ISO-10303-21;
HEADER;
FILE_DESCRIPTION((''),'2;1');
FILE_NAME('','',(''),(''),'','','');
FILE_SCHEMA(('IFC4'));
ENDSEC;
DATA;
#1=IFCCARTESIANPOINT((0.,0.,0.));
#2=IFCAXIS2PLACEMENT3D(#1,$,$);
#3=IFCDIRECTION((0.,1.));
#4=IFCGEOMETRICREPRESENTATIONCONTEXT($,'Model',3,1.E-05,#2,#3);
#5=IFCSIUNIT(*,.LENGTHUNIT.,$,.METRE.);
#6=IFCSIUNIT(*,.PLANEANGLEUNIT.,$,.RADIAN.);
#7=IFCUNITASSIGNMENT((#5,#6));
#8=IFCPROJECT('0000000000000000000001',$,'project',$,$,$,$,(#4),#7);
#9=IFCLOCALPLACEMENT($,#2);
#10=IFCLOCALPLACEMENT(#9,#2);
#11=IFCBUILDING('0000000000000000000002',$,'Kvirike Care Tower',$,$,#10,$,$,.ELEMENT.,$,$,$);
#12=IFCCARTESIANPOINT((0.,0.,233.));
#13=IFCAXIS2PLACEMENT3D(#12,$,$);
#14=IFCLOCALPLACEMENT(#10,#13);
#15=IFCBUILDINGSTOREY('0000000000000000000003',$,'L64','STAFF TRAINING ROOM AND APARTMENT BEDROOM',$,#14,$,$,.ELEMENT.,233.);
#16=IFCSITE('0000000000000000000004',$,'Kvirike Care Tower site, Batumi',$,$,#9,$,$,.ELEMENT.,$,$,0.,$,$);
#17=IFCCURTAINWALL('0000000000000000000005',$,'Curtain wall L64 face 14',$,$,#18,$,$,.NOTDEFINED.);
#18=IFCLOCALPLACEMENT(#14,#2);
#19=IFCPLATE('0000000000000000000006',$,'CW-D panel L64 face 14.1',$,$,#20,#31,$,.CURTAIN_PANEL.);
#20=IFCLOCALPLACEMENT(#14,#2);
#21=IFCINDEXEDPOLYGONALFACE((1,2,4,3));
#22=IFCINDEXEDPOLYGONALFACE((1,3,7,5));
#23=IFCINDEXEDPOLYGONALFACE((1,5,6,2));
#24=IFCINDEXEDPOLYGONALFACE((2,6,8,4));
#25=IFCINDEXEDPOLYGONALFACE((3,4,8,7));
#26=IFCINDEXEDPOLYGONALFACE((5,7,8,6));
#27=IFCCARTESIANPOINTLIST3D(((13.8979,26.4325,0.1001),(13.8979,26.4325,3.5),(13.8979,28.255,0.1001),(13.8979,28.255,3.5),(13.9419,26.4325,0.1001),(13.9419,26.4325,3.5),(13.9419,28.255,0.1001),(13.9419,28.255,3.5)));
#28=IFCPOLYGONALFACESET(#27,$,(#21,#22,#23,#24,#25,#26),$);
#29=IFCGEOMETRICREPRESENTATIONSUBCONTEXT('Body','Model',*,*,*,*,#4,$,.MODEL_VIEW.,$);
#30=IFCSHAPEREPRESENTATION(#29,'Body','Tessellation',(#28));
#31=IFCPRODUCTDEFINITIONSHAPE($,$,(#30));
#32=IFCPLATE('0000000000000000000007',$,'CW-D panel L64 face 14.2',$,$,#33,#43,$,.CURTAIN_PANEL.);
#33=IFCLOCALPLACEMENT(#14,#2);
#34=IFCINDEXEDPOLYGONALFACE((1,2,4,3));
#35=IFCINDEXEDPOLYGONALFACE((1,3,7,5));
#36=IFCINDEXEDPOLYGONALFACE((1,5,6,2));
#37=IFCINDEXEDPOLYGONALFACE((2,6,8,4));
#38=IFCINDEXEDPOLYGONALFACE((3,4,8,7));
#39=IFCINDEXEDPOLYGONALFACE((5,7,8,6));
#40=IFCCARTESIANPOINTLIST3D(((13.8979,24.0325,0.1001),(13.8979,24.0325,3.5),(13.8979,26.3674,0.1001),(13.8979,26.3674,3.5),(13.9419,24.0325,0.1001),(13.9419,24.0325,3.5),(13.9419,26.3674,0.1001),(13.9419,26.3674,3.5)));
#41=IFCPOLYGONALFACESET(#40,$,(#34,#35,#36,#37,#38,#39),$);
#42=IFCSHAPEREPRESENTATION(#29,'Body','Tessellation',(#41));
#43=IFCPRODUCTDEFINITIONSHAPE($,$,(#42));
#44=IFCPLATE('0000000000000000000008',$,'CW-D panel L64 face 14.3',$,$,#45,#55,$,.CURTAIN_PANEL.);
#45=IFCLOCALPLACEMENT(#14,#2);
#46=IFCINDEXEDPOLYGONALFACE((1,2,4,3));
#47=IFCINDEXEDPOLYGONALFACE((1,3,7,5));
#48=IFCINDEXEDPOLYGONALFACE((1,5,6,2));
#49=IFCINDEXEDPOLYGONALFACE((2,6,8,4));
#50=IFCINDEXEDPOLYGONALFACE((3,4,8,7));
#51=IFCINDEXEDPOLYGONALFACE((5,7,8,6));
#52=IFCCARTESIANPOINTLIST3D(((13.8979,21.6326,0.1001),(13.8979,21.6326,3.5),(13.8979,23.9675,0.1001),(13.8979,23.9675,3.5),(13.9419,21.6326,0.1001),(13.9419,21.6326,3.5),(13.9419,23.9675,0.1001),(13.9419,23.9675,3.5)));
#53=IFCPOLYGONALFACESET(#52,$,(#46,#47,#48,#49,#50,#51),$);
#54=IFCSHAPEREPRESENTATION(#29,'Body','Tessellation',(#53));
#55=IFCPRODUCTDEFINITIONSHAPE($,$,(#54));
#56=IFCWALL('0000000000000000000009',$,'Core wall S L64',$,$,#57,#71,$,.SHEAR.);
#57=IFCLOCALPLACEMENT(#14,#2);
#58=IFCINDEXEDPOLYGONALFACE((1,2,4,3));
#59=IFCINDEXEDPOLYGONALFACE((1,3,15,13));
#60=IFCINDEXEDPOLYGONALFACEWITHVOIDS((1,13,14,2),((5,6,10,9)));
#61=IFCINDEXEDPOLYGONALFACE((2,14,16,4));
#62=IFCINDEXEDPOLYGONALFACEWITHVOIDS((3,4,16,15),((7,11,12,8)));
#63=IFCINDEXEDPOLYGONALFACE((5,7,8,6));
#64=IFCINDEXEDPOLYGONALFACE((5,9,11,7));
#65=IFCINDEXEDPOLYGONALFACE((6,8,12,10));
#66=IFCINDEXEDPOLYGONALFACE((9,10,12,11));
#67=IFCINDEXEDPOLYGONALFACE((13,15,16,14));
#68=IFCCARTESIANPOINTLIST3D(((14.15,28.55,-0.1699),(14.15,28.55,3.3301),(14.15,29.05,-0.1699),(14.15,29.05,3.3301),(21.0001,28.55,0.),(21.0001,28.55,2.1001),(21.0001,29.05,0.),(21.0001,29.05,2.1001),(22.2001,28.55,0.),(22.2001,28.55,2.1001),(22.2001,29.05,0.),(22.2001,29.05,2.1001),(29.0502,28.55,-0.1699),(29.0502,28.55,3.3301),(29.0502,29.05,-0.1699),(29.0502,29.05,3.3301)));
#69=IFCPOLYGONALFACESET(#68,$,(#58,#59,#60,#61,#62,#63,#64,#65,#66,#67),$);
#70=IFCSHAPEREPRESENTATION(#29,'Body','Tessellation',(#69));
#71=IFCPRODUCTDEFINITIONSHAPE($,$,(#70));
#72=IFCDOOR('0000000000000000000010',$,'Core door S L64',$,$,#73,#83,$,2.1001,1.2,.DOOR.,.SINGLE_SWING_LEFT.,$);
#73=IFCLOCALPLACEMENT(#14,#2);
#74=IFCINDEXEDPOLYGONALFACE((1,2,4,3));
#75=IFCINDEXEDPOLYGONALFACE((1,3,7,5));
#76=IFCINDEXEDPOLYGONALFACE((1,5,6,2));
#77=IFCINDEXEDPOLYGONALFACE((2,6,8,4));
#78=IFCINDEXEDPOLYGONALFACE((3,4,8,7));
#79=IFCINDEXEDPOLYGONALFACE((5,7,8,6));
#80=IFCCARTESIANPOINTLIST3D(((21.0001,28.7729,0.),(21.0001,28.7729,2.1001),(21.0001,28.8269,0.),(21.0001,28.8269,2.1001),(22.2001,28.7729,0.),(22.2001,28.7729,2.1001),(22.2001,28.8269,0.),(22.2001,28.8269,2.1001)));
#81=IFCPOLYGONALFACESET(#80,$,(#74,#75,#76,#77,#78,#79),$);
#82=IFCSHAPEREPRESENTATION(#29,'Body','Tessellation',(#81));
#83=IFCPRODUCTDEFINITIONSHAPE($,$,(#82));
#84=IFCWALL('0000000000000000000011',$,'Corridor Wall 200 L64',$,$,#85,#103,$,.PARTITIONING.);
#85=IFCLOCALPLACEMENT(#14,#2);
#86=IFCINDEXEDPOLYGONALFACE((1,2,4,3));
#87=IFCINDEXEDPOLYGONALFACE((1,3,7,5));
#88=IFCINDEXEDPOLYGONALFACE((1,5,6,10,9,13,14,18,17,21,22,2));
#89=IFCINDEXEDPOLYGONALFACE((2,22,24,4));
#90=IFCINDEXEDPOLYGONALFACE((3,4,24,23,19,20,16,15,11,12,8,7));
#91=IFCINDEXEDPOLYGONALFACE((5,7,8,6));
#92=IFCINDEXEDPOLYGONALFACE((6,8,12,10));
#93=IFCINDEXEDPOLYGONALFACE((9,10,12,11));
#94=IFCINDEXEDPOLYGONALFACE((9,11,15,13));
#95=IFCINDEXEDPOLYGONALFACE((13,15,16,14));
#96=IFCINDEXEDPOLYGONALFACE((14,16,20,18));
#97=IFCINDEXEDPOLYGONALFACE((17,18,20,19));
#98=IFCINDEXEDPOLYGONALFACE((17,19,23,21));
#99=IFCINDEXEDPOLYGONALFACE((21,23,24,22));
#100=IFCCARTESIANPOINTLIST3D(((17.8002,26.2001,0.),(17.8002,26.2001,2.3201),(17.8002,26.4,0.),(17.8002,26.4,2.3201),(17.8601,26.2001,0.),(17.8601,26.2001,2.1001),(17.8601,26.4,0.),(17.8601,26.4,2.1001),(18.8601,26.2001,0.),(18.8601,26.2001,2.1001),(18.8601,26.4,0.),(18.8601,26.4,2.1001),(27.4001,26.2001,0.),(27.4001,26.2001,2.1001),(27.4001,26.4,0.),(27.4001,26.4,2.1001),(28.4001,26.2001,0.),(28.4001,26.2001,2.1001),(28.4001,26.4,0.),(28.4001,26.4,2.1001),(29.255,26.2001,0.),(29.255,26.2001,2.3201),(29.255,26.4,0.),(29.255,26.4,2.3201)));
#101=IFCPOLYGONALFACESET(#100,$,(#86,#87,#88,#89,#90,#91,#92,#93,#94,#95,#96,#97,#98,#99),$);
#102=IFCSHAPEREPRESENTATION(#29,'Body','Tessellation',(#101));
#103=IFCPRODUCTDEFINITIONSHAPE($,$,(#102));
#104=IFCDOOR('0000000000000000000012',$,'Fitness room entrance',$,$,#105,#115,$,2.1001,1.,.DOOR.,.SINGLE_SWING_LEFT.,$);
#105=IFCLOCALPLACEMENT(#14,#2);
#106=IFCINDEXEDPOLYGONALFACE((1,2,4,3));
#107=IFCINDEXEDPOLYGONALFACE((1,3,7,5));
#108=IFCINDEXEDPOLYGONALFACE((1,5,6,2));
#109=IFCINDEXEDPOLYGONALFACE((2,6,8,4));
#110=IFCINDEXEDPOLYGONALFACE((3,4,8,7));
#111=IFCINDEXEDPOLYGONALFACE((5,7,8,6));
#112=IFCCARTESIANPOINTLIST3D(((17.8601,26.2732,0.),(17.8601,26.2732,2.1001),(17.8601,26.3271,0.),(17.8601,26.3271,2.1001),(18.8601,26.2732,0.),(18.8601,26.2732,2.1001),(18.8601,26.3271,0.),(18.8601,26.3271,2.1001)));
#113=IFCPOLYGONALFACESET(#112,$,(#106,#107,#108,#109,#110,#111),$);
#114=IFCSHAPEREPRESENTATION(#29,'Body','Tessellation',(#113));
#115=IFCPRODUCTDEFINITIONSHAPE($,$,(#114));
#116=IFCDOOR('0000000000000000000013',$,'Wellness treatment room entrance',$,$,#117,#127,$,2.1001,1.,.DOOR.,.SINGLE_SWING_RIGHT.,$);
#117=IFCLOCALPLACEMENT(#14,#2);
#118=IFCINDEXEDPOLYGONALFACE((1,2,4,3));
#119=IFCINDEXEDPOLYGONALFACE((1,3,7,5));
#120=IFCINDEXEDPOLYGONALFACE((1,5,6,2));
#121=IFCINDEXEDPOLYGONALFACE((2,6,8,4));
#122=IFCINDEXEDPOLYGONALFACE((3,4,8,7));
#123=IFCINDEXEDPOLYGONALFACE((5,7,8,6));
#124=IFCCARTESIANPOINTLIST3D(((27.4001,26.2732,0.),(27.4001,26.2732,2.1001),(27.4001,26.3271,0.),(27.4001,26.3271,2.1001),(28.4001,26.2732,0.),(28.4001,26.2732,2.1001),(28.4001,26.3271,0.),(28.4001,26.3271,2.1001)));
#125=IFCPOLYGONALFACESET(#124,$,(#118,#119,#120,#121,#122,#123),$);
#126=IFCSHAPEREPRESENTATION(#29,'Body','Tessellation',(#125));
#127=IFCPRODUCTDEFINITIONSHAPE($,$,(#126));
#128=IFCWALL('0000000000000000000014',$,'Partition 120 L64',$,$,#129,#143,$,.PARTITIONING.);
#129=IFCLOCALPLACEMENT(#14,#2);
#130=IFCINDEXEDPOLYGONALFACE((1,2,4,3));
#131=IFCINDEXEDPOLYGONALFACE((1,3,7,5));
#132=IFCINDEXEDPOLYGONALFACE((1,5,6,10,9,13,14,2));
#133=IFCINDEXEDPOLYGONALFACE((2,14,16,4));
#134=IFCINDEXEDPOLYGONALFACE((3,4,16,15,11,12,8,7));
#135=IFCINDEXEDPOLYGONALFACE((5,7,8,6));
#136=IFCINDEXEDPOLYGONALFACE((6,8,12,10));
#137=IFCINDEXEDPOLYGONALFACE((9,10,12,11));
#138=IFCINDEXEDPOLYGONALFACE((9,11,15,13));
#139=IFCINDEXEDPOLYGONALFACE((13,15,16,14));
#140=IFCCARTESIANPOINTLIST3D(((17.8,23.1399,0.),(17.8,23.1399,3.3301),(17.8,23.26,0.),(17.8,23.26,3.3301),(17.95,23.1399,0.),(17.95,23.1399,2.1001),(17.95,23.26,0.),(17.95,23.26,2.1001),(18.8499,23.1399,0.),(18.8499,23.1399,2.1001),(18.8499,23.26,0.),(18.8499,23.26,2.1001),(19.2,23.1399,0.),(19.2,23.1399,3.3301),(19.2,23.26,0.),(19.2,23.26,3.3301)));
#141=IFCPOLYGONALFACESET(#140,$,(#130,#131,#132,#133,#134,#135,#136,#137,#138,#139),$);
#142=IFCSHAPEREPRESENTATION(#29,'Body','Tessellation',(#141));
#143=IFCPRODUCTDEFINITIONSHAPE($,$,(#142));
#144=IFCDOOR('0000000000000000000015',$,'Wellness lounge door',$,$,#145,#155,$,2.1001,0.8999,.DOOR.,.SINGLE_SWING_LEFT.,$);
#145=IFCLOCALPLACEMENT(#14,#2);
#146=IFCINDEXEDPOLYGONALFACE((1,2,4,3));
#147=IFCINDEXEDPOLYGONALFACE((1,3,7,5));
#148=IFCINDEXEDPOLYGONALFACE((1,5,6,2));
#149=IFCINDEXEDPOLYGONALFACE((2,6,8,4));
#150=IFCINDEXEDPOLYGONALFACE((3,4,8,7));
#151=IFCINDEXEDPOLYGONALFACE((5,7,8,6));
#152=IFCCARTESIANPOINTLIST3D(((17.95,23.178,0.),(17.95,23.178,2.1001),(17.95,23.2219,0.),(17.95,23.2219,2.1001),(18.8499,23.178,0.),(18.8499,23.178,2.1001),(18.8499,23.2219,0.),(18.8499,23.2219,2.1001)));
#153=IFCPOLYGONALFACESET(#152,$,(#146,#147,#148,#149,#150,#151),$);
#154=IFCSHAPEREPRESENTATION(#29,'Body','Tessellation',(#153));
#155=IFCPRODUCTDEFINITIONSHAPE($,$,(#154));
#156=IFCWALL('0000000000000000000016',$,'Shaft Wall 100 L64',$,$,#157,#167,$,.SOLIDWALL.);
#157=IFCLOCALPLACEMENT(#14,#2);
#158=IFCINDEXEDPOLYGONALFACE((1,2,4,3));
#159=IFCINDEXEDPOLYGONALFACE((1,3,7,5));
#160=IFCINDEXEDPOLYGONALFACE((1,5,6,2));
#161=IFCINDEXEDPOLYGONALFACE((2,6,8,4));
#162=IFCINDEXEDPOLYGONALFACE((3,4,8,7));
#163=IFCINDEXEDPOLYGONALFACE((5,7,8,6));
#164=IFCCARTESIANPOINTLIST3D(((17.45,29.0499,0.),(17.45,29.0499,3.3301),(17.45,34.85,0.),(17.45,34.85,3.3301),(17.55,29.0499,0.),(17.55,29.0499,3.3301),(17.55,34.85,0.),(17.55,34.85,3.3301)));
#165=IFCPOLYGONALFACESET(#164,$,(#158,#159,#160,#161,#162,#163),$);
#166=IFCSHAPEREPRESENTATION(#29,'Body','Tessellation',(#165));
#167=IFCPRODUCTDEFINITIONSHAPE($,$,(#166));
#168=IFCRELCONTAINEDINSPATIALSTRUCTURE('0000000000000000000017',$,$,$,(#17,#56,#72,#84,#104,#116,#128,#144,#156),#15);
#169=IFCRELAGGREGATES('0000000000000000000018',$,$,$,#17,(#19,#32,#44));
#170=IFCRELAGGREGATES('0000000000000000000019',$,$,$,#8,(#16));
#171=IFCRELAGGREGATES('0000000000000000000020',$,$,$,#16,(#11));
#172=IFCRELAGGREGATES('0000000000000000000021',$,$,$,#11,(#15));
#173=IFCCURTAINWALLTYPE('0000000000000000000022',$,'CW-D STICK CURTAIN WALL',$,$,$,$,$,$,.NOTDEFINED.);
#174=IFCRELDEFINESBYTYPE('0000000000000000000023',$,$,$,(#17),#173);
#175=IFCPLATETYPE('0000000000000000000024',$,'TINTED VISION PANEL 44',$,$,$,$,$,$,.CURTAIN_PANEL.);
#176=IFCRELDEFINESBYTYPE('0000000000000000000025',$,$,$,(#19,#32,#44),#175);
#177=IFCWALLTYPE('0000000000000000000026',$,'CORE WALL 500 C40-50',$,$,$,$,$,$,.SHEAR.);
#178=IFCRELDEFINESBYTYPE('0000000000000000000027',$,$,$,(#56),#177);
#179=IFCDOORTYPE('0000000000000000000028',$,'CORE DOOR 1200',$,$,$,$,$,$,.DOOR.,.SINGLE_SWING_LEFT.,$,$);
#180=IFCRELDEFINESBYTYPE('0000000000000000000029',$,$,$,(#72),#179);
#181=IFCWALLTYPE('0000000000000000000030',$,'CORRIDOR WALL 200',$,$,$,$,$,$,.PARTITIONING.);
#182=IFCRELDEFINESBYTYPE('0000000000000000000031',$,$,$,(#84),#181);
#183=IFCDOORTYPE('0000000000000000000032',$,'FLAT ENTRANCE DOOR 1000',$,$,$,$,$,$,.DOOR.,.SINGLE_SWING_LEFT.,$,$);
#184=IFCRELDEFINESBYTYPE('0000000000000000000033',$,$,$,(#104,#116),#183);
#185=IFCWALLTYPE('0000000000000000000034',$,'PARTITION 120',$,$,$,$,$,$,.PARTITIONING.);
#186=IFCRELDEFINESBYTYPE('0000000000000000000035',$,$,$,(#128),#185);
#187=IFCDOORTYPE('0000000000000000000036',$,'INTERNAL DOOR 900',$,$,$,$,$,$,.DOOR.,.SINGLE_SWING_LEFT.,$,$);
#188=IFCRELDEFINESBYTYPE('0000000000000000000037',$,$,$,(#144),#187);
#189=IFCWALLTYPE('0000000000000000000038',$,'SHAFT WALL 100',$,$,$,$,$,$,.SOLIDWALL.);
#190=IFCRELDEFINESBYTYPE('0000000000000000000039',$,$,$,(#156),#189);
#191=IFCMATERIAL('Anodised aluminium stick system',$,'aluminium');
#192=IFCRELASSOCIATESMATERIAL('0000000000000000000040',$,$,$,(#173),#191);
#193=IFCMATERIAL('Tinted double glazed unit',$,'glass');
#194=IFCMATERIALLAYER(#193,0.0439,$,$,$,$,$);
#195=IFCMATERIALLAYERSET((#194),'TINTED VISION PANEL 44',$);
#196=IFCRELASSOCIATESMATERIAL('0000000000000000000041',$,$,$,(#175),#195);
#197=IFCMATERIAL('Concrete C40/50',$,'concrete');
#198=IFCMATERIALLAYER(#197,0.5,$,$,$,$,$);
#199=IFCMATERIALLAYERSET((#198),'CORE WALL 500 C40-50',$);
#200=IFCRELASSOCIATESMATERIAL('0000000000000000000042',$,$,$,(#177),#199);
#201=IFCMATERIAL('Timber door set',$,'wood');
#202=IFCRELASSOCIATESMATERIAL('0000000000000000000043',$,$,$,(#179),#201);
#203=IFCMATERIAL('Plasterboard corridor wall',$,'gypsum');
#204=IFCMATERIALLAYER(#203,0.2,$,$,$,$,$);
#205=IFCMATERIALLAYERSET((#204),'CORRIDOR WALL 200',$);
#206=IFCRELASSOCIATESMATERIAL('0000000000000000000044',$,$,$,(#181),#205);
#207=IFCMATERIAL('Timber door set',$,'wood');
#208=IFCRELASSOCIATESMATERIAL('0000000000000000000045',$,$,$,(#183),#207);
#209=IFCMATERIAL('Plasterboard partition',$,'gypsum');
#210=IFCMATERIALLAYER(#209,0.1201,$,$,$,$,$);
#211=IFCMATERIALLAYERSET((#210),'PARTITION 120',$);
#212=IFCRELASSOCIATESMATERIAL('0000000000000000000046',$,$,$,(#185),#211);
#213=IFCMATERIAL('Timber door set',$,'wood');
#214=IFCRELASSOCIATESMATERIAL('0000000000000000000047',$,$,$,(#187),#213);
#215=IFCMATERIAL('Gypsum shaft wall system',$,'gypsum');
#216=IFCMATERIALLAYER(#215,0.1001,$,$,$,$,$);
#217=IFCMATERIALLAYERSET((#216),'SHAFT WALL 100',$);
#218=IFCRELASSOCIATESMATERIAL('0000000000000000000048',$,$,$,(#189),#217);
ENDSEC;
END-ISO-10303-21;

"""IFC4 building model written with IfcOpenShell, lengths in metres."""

from ifc_helpers import new_model, si_unit, direction, frame, frame_2d, origin, origin_2d, place, context, subcontext, project, spatial, rectangle, extrude, material, layer, layer_set, type_object, element, fill, aggregate, save


model = new_model("IFC4")

# Units and contexts
model_context = context("Model", 3, precision=1e-05, world=origin(), true_north=direction((0.0, 1.0)))
body_context = subcontext(model_context, "Body", "Model", "MODEL_VIEW")
ifc_project = project(units=[si_unit("LENGTHUNIT", "METRE"), si_unit("PLANEANGLEUNIT", "RADIAN")], contexts=[model_context])

# Site, building, storey
site_placement = place(None, origin())
site = spatial("IfcSite", under=ifc_project, at=site_placement, Name="Kvirike Care Tower site, Batumi", CompositionType="ELEMENT", RefElevation=0.0)
building_placement = place(site_placement, origin())
building = spatial("IfcBuilding", under=site, at=building_placement, Name="Kvirike Care Tower", CompositionType="ELEMENT")
storey_placement = place(building_placement, frame((0.0, 0.0, 233.0)))
storey = spatial("IfcBuildingStorey", under=building, at=storey_placement, Name="L64", Description="STAFF TRAINING ROOM AND APARTMENT BEDROOM", CompositionType="ELEMENT", Elevation=233.0)

# Curtain wall
ifc_material_1 = material(Name="Anodised aluminium stick system", Category="aluminium")
curtain_wall_type = type_object("IfcCurtainWallType", Name="CW-D STICK CURTAIN WALL", PredefinedType="NOTDEFINED", material=ifc_material_1)
curtain_wall_placement = place(storey_placement, origin())
curtain_wall = element("IfcCurtainWall", 1, at=curtain_wall_placement, inside=storey, type_object=curtain_wall_type, Name="Curtain wall L64 face 14", PredefinedType="NOTDEFINED")

# Plates
ifc_material_2 = material(Name="Tinted double glazed unit", Category="glass")
ifc_layer_1 = layer(ifc_material_2, 0.0439)
ifc_layer_set_1 = layer_set([ifc_layer_1], Name="TINTED VISION PANEL 44")
plate_type = type_object("IfcPlateType", Name="TINTED VISION PANEL 44", PredefinedType="CURTAIN_PANEL", material=ifc_layer_set_1)
plate_1_placement = place(storey_placement, frame((13.9199, 27.3438, 0.1001), z_axis=(0.0, 0.0, 1.0), x_axis=(0.0, -1.0, 0.0)))
plate_1 = element("IfcPlate", 2, at=plate_1_placement, type_object=plate_type, Name="CW-D panel L64 face 14.1", PredefinedType="CURTAIN_PANEL", context=body_context, shape_type="SweptSolid", body=[
    extrude(rectangle(XDim=1.8225, YDim=0.0439, at=origin_2d()), origin(), (0.0, 0.0, 1.0), 3.3999),
])
plate_2_placement = place(storey_placement, frame((13.9199, 25.2, 0.1001), z_axis=(0.0, 0.0, 1.0), x_axis=(0.0, -1.0, 0.0)))
plate_2 = element("IfcPlate", 3, at=plate_2_placement, type_object=plate_type, Name="CW-D panel L64 face 14.2", PredefinedType="CURTAIN_PANEL", context=body_context, shape_type="SweptSolid", body=[
    extrude(rectangle(XDim=2.335, YDim=0.0439, at=origin_2d()), origin(), (0.0, 0.0, 1.0), 3.3999),
])
plate_3_placement = place(storey_placement, frame((13.9199, 22.8, 0.1001), z_axis=(0.0, 0.0, 1.0), x_axis=(0.0, -1.0, 0.0)))
plate_3 = element("IfcPlate", 4, at=plate_3_placement, type_object=plate_type, Name="CW-D panel L64 face 14.3", PredefinedType="CURTAIN_PANEL", context=body_context, shape_type="SweptSolid", body=[
    extrude(rectangle(XDim=2.335, YDim=0.0439, at=origin_2d()), origin(), (0.0, 0.0, 1.0), 3.3999),
])
aggregate(curtain_wall, [plate_1, plate_2, plate_3])

# Wall, opening, door
ifc_material_3 = material(Name="Concrete C40/50", Category="concrete")
ifc_layer_2 = layer(ifc_material_3, 0.5)
ifc_layer_set_2 = layer_set([ifc_layer_2], Name="CORE WALL 500 C40-50")
wall_type_1 = type_object("IfcWallType", Name="CORE WALL 500 C40-50", PredefinedType="SHEAR", material=ifc_layer_set_2)
wall_1_placement = place(storey_placement, frame((14.1499, 28.8, -0.1699), z_axis=(0.0, 0.0, 1.0), x_axis=(1.0, 0.0, 0.0)))
wall_1 = element("IfcWall", 5, at=wall_1_placement, inside=storey, type_object=wall_type_1, Name="Core wall S L64", PredefinedType="SHEAR", context=body_context, shape_type="SweptSolid", body=[
    extrude(rectangle(XDim=14.9001, YDim=0.5, at=frame_2d((7.4502, 0.0))), origin(), (0.0, 0.0, 1.0), 3.5),
])
opening_1_placement = place(wall_1_placement, frame((6.8501, 0.0, 0.1699)))
opening_1 = element("IfcOpeningElement", 6, at=opening_1_placement, cuts=wall_1, PredefinedType="OPENING", context=body_context, shape_type="SweptSolid", body=[
    extrude(rectangle(XDim=1.2, YDim=2.1001, at=frame_2d((0.6001, 1.05))), frame((0.0, 0.2605, 0.0), z_axis=(0.0, -1.0, 0.0), x_axis=(1.0, 0.0, 0.0)), (0.0, 0.0, 1.0), 0.521),
])
ifc_material_4 = material(Name="Timber door set", Category="wood")
door_type_1 = type_object("IfcDoorType", Name="CORE DOOR 1200", OperationType="SINGLE_SWING_LEFT", PredefinedType="DOOR", material=ifc_material_4)
door_1_placement = place(opening_1_placement, origin())
door_1 = element("IfcDoor", 7, at=door_1_placement, inside=storey, type_object=door_type_1, Name="Core door S L64", OperationType="SINGLE_SWING_LEFT", OverallHeight=2.1001, OverallWidth=1.2, PredefinedType="DOOR", context=body_context, shape_type="SweptSolid", body=[
    extrude(rectangle(XDim=1.2, YDim=2.1001, at=frame_2d((0.6001, 1.05))), frame((0.0, 0.0269, 0.0), z_axis=(0.0, -1.0, 0.0), x_axis=(1.0, 0.0, 0.0)), (0.0, 0.0, 1.0), 0.054),
])
fill(opening_1, door_1)

# Wall, openings, doors
ifc_material_5 = material(Name="Plasterboard corridor wall", Category="gypsum")
ifc_layer_3 = layer(ifc_material_5, 0.2)
ifc_layer_set_3 = layer_set([ifc_layer_3], Name="CORRIDOR WALL 200")
wall_type_2 = type_object("IfcWallType", Name="CORRIDOR WALL 200", PredefinedType="PARTITIONING", material=ifc_layer_set_3)
wall_2_placement = place(storey_placement, frame((17.8, 26.3, 0.0), z_axis=(0.0, 0.0, 1.0), x_axis=(1.0, 0.0, 0.0)))
wall_2 = element("IfcWall", 8, at=wall_2_placement, inside=storey, type_object=wall_type_2, Name="Corridor Wall 200 L64", PredefinedType="PARTITIONING", context=body_context, shape_type="SweptSolid", body=[
    extrude(rectangle(XDim=11.4548, YDim=0.2, at=frame_2d((5.7275, 0.0))), origin(), (0.0, 0.0, 1.0), 2.3201),
])
opening_2_placement = place(wall_2_placement, frame((0.0601, 0.0, 0.0)))
opening_2 = element("IfcOpeningElement", 9, at=opening_2_placement, cuts=wall_2, PredefinedType="OPENING", context=body_context, shape_type="SweptSolid", body=[
    extrude(rectangle(XDim=1.0, YDim=2.1001, at=frame_2d((0.5, 1.05))), frame((0.0, 0.1106, 0.0), z_axis=(0.0, -1.0, 0.0), x_axis=(1.0, 0.0, 0.0)), (0.0, 0.0, 1.0), 0.2209),
])
opening_3_placement = place(wall_2_placement, frame((9.6001, 0.0, 0.0)))
opening_3 = element("IfcOpeningElement", 10, at=opening_3_placement, cuts=wall_2, PredefinedType="OPENING", context=body_context, shape_type="SweptSolid", body=[
    extrude(rectangle(XDim=1.0, YDim=2.1001, at=frame_2d((0.5, 1.05))), frame((0.0, 0.1106, 0.0), z_axis=(0.0, -1.0, 0.0), x_axis=(1.0, 0.0, 0.0)), (0.0, 0.0, 1.0), 0.2209),
])
ifc_material_6 = material(Name="Timber door set", Category="wood")
door_type_2 = type_object("IfcDoorType", Name="FLAT ENTRANCE DOOR 1000", OperationType="SINGLE_SWING_LEFT", PredefinedType="DOOR", material=ifc_material_6)
door_2_placement = place(opening_2_placement, frame((1.0, 0.0, 0.0), z_axis=(0.0, 0.0, 1.0), x_axis=(-1.0, 0.0, 0.0)))
door_2 = element("IfcDoor", 11, at=door_2_placement, inside=storey, type_object=door_type_2, Name="Fitness room entrance", OperationType="SINGLE_SWING_LEFT", OverallHeight=2.1001, OverallWidth=1.0, PredefinedType="DOOR", context=body_context, shape_type="SweptSolid", body=[
    extrude(rectangle(XDim=1.0, YDim=2.1001, at=frame_2d((0.5, 1.05))), frame((0.0, 0.0269, 0.0), z_axis=(0.0, -1.0, 0.0), x_axis=(1.0, 0.0, 0.0)), (0.0, 0.0, 1.0), 0.054),
])
fill(opening_2, door_2)
door_3_placement = place(opening_3_placement, frame((1.0, 0.0, 0.0), z_axis=(0.0, 0.0, 1.0), x_axis=(-1.0, 0.0, 0.0)))
door_3 = element("IfcDoor", 12, at=door_3_placement, inside=storey, type_object=door_type_2, Name="Wellness treatment room entrance", OperationType="SINGLE_SWING_RIGHT", OverallHeight=2.1001, OverallWidth=1.0, PredefinedType="DOOR", context=body_context, shape_type="SweptSolid", body=[
    extrude(rectangle(XDim=1.0, YDim=2.1001, at=frame_2d((0.5, 1.05))), frame((0.0, 0.0269, 0.0), z_axis=(0.0, -1.0, 0.0), x_axis=(1.0, 0.0, 0.0)), (0.0, 0.0, 1.0), 0.054),
])
fill(opening_3, door_3)

# Wall, opening, door
ifc_material_7 = material(Name="Plasterboard partition", Category="gypsum")
ifc_layer_4 = layer(ifc_material_7, 0.1201)
ifc_layer_set_4 = layer_set([ifc_layer_4], Name="PARTITION 120")
wall_type_3 = type_object("IfcWallType", Name="PARTITION 120", PredefinedType="PARTITIONING", material=ifc_layer_set_4)
wall_3_placement = place(storey_placement, frame((17.8, 23.2, 0.0), z_axis=(0.0, 0.0, 1.0), x_axis=(1.0, 0.0, 0.0)))
wall_3 = element("IfcWall", 13, at=wall_3_placement, inside=storey, type_object=wall_type_3, Name="Partition 120 L64", PredefinedType="PARTITIONING", context=body_context, shape_type="SweptSolid", body=[
    extrude(rectangle(XDim=1.3999, YDim=0.1201, at=frame_2d((0.7, 0.0))), origin(), (0.0, 0.0, 1.0), 3.3301),
])
opening_4_placement = place(wall_3_placement, frame((0.1499, 0.0, 0.0)))
opening_4 = element("IfcOpeningElement", 14, at=opening_4_placement, cuts=wall_3, PredefinedType="OPENING", context=body_context, shape_type="SweptSolid", body=[
    extrude(rectangle(XDim=0.8999, YDim=2.1001, at=frame_2d((0.45, 1.05))), frame((0.0, 0.0706, 0.0), z_axis=(0.0, -1.0, 0.0), x_axis=(1.0, 0.0, 0.0)), (0.0, 0.0, 1.0), 0.1411),
])
ifc_material_8 = material(Name="Timber door set", Category="wood")
door_type_3 = type_object("IfcDoorType", Name="INTERNAL DOOR 900", OperationType="SINGLE_SWING_LEFT", PredefinedType="DOOR", material=ifc_material_8)
door_4_placement = place(opening_4_placement, frame((0.8999, 0.0, 0.0), z_axis=(0.0, 0.0, 1.0), x_axis=(-1.0, 0.0, 0.0)))
door_4 = element("IfcDoor", 15, at=door_4_placement, inside=storey, type_object=door_type_3, Name="Wellness lounge door", OperationType="SINGLE_SWING_LEFT", OverallHeight=2.1001, OverallWidth=0.8999, PredefinedType="DOOR", context=body_context, shape_type="SweptSolid", body=[
    extrude(rectangle(XDim=0.8999, YDim=2.1001, at=frame_2d((0.45, 1.05))), frame((0.0, 0.022, 0.0), z_axis=(0.0, -1.0, 0.0), x_axis=(1.0, 0.0, 0.0)), (0.0, 0.0, 1.0), 0.0439),
])
fill(opening_4, door_4)

# Wall
ifc_material_9 = material(Name="Gypsum shaft wall system", Category="gypsum")
ifc_layer_5 = layer(ifc_material_9, 0.1001)
ifc_layer_set_5 = layer_set([ifc_layer_5], Name="SHAFT WALL 100")
wall_type_4 = type_object("IfcWallType", Name="SHAFT WALL 100", PredefinedType="SOLIDWALL", material=ifc_layer_set_5)
wall_4_placement = place(storey_placement, frame((17.5, 29.05, 0.0), z_axis=(0.0, 0.0, 1.0), x_axis=(0.0, 1.0, 0.0)))
element("IfcWall", 16, at=wall_4_placement, inside=storey, type_object=wall_type_4, Name="Shaft Wall 100 L64", PredefinedType="SOLIDWALL", context=body_context, shape_type="SweptSolid", body=[
    extrude(rectangle(XDim=5.8, YDim=0.1001, at=frame_2d((2.8999, 0.0))), origin(), (0.0, 0.0, 1.0), 3.3301),
])

save(model, "model.ifc")
